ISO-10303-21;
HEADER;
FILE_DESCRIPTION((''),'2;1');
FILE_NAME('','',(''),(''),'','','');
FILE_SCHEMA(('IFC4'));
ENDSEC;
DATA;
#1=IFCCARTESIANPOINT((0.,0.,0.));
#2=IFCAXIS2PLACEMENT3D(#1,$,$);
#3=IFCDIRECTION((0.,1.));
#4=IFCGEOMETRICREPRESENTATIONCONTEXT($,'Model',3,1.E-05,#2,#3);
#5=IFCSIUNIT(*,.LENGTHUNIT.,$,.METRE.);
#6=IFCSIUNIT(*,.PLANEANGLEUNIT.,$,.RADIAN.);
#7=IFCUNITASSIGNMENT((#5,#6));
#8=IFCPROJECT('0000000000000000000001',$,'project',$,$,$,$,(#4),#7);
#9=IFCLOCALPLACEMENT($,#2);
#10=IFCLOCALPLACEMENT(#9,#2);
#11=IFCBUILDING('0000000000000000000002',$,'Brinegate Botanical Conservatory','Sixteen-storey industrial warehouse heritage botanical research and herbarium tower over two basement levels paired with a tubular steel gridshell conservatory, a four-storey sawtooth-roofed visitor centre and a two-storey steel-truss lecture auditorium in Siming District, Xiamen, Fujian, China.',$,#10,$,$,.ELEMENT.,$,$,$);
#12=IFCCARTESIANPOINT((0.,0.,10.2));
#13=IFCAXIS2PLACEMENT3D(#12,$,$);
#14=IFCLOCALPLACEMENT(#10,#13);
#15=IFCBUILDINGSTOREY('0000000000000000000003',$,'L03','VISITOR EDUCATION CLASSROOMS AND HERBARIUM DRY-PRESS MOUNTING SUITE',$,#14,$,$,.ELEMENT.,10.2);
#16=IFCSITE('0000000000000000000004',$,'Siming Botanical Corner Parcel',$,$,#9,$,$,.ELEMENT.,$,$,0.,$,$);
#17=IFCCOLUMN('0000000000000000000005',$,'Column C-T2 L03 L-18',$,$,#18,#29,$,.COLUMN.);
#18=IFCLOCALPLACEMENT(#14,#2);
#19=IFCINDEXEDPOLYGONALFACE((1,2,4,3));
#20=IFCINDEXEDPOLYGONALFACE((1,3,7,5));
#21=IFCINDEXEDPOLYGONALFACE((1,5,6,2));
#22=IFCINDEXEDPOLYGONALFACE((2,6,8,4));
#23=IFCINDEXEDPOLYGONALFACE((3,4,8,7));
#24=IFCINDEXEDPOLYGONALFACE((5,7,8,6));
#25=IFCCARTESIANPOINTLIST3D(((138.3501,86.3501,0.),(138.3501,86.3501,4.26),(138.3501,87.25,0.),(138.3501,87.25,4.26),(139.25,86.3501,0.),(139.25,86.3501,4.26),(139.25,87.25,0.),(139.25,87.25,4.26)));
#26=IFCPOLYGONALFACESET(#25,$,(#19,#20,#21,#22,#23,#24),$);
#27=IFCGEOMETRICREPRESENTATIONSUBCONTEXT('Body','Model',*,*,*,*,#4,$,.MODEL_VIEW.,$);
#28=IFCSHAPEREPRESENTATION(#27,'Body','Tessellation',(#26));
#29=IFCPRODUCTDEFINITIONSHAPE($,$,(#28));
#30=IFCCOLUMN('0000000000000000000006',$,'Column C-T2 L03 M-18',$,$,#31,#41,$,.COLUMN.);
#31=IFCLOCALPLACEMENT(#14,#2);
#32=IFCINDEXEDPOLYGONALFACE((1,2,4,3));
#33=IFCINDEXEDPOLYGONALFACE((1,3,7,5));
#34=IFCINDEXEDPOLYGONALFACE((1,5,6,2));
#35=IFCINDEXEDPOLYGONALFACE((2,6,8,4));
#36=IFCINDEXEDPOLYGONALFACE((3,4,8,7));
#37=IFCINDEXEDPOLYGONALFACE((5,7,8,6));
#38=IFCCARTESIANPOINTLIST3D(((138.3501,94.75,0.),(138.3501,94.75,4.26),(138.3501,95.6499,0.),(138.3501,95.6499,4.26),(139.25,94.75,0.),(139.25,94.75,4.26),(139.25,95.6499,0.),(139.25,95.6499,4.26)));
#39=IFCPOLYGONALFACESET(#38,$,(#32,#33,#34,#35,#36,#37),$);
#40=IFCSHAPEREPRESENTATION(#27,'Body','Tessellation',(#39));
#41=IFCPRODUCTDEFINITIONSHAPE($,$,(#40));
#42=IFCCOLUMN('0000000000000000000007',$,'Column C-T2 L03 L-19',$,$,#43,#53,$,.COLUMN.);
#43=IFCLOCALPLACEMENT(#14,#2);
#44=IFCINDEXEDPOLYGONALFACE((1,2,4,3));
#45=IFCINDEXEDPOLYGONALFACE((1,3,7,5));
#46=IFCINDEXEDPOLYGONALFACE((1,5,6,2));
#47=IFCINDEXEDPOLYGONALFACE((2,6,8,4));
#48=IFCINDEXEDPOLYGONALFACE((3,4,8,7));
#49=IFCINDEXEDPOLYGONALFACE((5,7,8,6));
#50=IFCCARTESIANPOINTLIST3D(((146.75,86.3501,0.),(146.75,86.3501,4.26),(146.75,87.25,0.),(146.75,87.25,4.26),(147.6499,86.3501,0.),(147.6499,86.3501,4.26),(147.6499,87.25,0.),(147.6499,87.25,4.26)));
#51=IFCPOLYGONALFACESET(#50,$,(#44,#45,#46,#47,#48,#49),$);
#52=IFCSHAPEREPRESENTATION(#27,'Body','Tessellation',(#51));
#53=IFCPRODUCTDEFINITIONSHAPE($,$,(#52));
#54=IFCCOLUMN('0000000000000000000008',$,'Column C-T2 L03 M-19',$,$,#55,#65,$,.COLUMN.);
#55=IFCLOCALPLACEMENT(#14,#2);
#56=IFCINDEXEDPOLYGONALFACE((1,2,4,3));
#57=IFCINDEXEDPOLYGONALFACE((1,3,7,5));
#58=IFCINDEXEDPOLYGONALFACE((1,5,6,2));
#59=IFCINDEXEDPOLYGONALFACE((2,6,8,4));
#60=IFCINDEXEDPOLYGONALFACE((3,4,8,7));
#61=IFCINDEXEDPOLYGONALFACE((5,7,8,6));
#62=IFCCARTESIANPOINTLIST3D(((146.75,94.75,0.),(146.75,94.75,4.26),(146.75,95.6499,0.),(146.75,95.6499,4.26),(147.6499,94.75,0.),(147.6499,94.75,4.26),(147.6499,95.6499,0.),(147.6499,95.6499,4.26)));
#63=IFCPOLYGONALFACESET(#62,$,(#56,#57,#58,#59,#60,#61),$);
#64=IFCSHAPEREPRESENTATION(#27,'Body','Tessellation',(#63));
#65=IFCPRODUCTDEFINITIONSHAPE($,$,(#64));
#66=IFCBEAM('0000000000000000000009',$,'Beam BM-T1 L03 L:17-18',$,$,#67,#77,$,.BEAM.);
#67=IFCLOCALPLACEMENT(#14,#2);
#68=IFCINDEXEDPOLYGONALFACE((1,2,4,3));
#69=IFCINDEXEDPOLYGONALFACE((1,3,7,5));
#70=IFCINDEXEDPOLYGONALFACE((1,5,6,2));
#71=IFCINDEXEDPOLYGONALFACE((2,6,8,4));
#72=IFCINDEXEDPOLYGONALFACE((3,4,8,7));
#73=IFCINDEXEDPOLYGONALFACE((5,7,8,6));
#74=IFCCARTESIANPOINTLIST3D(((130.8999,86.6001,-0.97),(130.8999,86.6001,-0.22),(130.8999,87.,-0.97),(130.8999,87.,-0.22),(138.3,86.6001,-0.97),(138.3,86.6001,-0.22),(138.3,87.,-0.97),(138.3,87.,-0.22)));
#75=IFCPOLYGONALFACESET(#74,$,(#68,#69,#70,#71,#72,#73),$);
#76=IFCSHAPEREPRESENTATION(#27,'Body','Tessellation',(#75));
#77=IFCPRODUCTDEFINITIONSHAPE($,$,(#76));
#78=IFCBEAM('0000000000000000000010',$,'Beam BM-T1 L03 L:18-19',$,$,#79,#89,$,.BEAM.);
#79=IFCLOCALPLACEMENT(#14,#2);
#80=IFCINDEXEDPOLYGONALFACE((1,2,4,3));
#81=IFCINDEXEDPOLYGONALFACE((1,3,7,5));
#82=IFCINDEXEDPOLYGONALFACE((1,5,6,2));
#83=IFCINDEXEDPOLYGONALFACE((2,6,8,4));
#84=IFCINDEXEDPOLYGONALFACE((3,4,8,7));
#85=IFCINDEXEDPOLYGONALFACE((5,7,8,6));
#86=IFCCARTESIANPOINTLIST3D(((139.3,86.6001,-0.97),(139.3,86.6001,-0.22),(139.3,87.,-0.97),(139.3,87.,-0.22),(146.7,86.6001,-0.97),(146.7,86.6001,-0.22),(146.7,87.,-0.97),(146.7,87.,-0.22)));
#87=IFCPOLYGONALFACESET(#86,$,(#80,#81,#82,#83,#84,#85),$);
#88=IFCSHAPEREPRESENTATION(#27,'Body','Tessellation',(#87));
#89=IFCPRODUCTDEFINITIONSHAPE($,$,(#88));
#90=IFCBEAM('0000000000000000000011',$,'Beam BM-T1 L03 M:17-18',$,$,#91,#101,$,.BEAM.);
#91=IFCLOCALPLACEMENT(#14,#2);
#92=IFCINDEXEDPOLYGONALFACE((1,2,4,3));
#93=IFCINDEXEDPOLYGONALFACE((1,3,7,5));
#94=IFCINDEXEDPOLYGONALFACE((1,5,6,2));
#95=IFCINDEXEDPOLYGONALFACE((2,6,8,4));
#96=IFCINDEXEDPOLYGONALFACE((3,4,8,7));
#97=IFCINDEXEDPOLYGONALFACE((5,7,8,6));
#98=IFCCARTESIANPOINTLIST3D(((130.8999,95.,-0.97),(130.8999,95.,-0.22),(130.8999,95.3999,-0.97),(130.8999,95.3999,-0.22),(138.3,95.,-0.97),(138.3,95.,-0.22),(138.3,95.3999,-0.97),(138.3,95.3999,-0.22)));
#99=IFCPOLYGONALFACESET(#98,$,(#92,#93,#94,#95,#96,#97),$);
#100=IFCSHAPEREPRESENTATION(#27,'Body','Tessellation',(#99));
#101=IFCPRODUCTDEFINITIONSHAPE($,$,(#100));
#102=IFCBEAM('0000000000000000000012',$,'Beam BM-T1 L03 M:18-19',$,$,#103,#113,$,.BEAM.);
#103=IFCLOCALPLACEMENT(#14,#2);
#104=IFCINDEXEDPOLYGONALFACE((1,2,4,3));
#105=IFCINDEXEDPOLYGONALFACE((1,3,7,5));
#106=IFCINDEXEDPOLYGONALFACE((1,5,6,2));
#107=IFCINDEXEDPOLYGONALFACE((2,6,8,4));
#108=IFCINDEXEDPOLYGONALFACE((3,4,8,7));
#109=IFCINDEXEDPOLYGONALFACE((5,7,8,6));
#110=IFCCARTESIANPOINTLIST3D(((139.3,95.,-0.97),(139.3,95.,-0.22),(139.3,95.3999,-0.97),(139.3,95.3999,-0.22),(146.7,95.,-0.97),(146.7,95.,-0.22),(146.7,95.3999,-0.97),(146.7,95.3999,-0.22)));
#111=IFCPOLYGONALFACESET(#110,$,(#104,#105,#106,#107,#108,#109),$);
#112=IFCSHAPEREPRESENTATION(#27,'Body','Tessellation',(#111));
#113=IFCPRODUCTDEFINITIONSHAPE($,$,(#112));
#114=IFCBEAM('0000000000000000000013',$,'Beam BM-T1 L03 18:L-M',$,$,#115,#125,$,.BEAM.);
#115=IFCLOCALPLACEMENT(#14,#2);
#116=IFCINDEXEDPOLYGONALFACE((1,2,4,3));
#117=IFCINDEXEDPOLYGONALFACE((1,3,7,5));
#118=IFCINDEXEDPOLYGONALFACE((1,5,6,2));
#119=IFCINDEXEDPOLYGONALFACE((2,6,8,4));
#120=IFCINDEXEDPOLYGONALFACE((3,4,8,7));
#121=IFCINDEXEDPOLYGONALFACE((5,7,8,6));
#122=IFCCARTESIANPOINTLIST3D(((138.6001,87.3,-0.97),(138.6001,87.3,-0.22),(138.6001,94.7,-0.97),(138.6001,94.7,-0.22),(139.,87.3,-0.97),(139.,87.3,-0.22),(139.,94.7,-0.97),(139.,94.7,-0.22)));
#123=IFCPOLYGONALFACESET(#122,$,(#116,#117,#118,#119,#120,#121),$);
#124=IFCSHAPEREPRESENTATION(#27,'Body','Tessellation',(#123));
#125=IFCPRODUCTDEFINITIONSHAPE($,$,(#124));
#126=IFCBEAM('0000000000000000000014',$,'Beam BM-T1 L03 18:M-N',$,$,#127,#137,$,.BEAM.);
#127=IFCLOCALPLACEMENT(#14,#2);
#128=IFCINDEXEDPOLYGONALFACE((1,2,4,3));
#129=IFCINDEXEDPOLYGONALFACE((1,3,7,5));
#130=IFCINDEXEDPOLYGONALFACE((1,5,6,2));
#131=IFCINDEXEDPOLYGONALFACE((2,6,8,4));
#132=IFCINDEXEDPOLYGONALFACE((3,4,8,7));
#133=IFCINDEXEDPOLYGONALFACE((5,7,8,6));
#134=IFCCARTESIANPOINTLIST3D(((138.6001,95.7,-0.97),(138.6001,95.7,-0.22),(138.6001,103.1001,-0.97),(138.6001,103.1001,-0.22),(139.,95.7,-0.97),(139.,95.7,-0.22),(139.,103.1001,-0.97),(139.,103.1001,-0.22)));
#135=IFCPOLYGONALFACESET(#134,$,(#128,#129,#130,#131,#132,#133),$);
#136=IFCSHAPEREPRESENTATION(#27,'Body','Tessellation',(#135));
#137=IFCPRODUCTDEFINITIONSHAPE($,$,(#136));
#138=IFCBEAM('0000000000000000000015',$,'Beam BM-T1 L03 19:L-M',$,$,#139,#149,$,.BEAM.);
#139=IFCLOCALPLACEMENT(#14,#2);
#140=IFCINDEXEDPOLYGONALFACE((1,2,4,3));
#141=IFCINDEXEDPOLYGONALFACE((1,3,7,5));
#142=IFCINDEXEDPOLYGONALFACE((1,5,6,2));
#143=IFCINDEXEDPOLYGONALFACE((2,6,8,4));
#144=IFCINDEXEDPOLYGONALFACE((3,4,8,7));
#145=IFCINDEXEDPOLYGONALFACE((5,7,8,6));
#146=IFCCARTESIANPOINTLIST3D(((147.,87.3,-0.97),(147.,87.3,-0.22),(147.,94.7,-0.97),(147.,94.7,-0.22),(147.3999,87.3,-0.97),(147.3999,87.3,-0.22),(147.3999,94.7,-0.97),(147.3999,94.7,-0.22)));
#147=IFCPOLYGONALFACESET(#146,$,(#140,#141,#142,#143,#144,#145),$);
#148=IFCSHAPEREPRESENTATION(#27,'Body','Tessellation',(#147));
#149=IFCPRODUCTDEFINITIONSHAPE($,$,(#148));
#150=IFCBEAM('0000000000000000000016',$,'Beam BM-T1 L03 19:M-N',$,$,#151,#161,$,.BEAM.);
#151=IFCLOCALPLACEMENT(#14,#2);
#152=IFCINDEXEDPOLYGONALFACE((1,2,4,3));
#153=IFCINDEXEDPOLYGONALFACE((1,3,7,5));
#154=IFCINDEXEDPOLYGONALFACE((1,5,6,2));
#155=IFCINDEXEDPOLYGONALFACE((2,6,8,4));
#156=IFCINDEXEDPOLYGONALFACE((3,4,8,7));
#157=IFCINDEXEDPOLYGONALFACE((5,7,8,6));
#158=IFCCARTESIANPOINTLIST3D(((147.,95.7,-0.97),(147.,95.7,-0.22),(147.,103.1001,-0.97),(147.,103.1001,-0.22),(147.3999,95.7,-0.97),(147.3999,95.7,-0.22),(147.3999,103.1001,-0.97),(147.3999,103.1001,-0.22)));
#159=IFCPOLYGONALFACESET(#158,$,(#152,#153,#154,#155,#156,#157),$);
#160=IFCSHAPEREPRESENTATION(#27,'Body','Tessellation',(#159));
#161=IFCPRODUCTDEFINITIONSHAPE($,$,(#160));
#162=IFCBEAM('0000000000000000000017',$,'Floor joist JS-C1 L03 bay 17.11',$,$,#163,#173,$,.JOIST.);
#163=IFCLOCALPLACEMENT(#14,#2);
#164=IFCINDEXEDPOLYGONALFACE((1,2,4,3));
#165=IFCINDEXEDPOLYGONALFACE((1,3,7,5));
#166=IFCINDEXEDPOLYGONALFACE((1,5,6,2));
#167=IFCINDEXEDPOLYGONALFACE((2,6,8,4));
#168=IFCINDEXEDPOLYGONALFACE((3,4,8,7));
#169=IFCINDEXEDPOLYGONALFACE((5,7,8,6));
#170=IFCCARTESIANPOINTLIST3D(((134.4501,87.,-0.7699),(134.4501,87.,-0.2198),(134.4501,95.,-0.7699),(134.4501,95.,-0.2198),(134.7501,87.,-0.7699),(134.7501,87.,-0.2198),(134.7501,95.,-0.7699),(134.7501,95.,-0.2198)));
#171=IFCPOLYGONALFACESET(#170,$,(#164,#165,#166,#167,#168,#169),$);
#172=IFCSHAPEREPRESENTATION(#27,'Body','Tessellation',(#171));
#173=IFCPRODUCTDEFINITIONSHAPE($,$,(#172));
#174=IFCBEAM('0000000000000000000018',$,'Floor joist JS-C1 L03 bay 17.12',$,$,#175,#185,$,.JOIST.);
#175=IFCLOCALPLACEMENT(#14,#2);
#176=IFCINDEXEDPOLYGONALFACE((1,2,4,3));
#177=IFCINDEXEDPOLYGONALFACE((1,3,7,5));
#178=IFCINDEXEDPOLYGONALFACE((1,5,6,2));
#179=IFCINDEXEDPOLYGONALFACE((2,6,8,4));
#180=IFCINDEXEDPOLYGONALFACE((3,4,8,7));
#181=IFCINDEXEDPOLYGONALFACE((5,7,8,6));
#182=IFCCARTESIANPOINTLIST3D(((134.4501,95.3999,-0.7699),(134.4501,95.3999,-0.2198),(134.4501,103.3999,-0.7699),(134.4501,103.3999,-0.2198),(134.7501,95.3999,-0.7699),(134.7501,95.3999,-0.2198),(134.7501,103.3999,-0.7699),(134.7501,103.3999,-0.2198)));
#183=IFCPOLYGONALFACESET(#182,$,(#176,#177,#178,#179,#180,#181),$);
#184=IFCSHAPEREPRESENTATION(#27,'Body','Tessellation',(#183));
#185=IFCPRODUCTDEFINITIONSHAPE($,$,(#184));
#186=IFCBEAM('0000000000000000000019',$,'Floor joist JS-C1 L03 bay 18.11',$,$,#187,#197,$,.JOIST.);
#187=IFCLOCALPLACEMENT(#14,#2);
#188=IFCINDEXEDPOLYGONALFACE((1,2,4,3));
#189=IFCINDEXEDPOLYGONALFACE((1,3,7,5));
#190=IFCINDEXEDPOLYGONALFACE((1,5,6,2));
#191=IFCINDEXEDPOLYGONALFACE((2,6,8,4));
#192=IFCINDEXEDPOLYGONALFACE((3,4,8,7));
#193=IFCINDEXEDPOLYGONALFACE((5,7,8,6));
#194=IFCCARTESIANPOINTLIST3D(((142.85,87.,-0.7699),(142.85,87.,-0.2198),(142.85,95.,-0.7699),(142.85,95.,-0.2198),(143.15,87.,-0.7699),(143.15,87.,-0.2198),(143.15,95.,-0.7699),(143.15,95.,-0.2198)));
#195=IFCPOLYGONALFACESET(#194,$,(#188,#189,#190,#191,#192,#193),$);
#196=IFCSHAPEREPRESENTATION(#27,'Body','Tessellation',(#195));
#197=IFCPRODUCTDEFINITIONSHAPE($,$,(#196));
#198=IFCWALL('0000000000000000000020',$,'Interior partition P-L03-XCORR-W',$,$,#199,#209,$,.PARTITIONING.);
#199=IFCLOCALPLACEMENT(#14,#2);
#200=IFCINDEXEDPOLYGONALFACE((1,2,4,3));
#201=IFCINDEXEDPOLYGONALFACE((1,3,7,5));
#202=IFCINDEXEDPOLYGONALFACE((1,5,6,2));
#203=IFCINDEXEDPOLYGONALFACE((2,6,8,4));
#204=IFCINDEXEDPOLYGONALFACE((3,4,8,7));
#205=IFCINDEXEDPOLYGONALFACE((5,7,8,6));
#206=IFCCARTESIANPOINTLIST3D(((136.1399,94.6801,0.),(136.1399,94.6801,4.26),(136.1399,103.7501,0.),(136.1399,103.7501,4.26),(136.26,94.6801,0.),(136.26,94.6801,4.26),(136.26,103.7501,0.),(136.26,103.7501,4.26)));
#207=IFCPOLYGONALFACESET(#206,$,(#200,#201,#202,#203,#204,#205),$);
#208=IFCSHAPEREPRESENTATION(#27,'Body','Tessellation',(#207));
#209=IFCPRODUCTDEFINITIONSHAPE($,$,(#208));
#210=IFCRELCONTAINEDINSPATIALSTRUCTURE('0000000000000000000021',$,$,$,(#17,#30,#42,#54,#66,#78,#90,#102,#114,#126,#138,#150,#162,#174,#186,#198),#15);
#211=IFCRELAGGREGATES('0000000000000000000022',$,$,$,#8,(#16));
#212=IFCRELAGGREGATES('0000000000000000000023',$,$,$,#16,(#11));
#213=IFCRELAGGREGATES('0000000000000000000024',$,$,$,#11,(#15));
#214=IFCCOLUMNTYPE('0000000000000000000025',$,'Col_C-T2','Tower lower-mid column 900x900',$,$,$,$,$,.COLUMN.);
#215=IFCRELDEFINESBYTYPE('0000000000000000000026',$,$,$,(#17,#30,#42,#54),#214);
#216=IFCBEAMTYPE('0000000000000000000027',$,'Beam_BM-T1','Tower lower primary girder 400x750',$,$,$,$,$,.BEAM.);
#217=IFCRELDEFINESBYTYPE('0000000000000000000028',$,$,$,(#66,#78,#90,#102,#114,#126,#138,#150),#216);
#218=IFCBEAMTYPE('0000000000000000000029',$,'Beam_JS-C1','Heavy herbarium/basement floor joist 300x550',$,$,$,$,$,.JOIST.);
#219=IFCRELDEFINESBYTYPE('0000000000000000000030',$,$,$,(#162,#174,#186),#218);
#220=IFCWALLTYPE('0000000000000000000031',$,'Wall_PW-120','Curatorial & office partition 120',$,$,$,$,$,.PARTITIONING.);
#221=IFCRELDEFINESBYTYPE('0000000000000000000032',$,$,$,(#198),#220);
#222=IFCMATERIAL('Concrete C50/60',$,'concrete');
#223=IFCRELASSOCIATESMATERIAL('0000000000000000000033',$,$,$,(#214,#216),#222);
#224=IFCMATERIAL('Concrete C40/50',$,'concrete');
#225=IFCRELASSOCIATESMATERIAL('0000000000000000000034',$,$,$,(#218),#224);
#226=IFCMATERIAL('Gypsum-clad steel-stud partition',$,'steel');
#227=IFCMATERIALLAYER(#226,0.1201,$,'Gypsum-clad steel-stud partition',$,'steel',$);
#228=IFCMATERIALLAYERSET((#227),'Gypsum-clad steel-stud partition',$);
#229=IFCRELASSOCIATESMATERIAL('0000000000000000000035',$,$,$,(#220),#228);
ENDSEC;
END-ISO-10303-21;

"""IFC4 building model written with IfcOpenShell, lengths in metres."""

from ifc_helpers import new_model, si_unit, direction, frame, frame_2d, origin, origin_2d, place, context, subcontext, project, spatial, rectangle, extrude, material, layer, layer_set, material_profile, profile_set, type_object, element, save


model = new_model("IFC4")

# Units and contexts
model_context = context("Model", 3, precision=1e-05, world=origin(), true_north=direction((0.0, 1.0)))
body_context = subcontext(model_context, "Body", "Model", "MODEL_VIEW")
ifc_project = project(units=[si_unit("LENGTHUNIT", "METRE"), si_unit("PLANEANGLEUNIT", "RADIAN")], contexts=[model_context])

# Site, building, storey
site_placement = place(None, origin())
site = spatial("IfcSite", under=ifc_project, at=site_placement, Name="Siming Botanical Corner Parcel", CompositionType="ELEMENT", RefElevation=0.0)
building_placement = place(site_placement, origin())
building = spatial("IfcBuilding", under=site, at=building_placement, Name="Brinegate Botanical Conservatory", Description="Sixteen-storey industrial warehouse heritage botanical research and herbarium tower over two basement levels paired with a tubular steel gridshell conservatory, a four-storey sawtooth-roofed visitor centre and a two-storey steel-truss lecture auditorium in Siming District, Xiamen, Fujian, China.", CompositionType="ELEMENT")
storey_placement = place(building_placement, frame((0.0, 0.0, 10.2)))
storey = spatial("IfcBuildingStorey", under=building, at=storey_placement, Name="L03", Description="VISITOR EDUCATION CLASSROOMS AND HERBARIUM DRY-PRESS MOUNTING SUITE", CompositionType="ELEMENT", Elevation=10.2)

# Columns
ifc_material_1 = material(Name="Concrete C50/60", Category="concrete")
ifc_material_profile_1 = material_profile(ifc_material_1, rectangle(XDim=0.8999, YDim=0.8999, at=origin_2d()), Name="RC COL 900x900")
ifc_profile_set_1 = profile_set([ifc_material_profile_1], Name="Concrete C50/60")
column_type = type_object("IfcColumnType", Name="Col_C-T2", Description="Tower lower-mid column 900x900", PredefinedType="COLUMN", material=ifc_profile_set_1)
for number, where, z_axis, x_axis, name in (
    (1, (138.8, 86.8, 0.0), (0.0, 0.0, 1.0), (1.0, 0.0, 0.0), "Column C-T2 L03 L-18"),
    (2, (138.8, 95.2, 0.0), (0.0, 0.0, 1.0), (1.0, 0.0, 0.0), "Column C-T2 L03 M-18"),
    (3, (147.2, 86.8, 0.0), (0.0, 0.0, 1.0), (1.0, 0.0, 0.0), "Column C-T2 L03 L-19"),
    (4, (147.2, 95.2, 0.0), (0.0, 0.0, 1.0), (1.0, 0.0, 0.0), "Column C-T2 L03 M-19"),
):
    element("IfcColumn", number, at=place(storey_placement, frame(where, z_axis=z_axis, x_axis=x_axis)), inside=storey, type_object=column_type, Name=name, PredefinedType="COLUMN", context=body_context, shape_type="SweptSolid", body=[
        extrude(rectangle(XDim=0.8999, YDim=0.8999, at=origin_2d()), origin(), (0.0, 0.0, 1.0), 4.26),
    ])

# Beams
ifc_material_profile_2 = material_profile(ifc_material_1, rectangle(XDim=0.3999, YDim=0.75, at=origin_2d()), Name="RC BM 400x750")
ifc_profile_set_2 = profile_set([ifc_material_profile_2], Name="Concrete C50/60")
beam_type_1 = type_object("IfcBeamType", Name="Beam_BM-T1", Description="Tower lower primary girder 400x750", PredefinedType="BEAM", material=ifc_profile_set_2)
beam_1_placement = place(storey_placement, frame((130.8999, 86.8, -0.595), z_axis=(1.0, 0.0, 0.0), x_axis=(0.0, 1.0, 0.0)))
element("IfcBeam", 5, at=beam_1_placement, inside=storey, type_object=beam_type_1, Name="Beam BM-T1 L03 L:17-18", PredefinedType="BEAM", context=body_context, shape_type="SweptSolid", body=[
    extrude(rectangle(XDim=0.3999, YDim=0.75, at=origin_2d()), origin(), (0.0, 0.0, 1.0), 7.4001),
])
beam_2_placement = place(storey_placement, frame((139.3, 86.8, -0.595), z_axis=(1.0, 0.0, 0.0), x_axis=(0.0, 1.0, 0.0)))
element("IfcBeam", 6, at=beam_2_placement, inside=storey, type_object=beam_type_1, Name="Beam BM-T1 L03 L:18-19", PredefinedType="BEAM", context=body_context, shape_type="SweptSolid", body=[
    extrude(rectangle(XDim=0.3999, YDim=0.75, at=origin_2d()), origin(), (0.0, 0.0, 1.0), 7.3999),
])
beam_3_placement = place(storey_placement, frame((130.8999, 95.2, -0.595), z_axis=(1.0, 0.0, 0.0), x_axis=(0.0, 1.0, 0.0)))
element("IfcBeam", 7, at=beam_3_placement, inside=storey, type_object=beam_type_1, Name="Beam BM-T1 L03 M:17-18", PredefinedType="BEAM", context=body_context, shape_type="SweptSolid", body=[
    extrude(rectangle(XDim=0.3999, YDim=0.75, at=origin_2d()), origin(), (0.0, 0.0, 1.0), 7.4001),
])
for number, where, z_axis, x_axis, name in (
    (8, (139.3, 95.2, -0.595), (1.0, 0.0, 0.0), (0.0, 1.0, 0.0), "Beam BM-T1 L03 M:18-19"),
    (9, (138.8, 87.3, -0.595), (0.0, 1.0, 0.0), (-1.0, 0.0, 0.0), "Beam BM-T1 L03 18:L-M"),
):
    element("IfcBeam", number, at=place(storey_placement, frame(where, z_axis=z_axis, x_axis=x_axis)), inside=storey, type_object=beam_type_1, Name=name, PredefinedType="BEAM", context=body_context, shape_type="SweptSolid", body=[
        extrude(rectangle(XDim=0.3999, YDim=0.75, at=origin_2d()), origin(), (0.0, 0.0, 1.0), 7.3999),
    ])
beam_4_placement = place(storey_placement, frame((138.8, 95.7, -0.595), z_axis=(0.0, 1.0, 0.0), x_axis=(-1.0, 0.0, 0.0)))
element("IfcBeam", 10, at=beam_4_placement, inside=storey, type_object=beam_type_1, Name="Beam BM-T1 L03 18:M-N", PredefinedType="BEAM", context=body_context, shape_type="SweptSolid", body=[
    extrude(rectangle(XDim=0.3999, YDim=0.75, at=origin_2d()), origin(), (0.0, 0.0, 1.0), 7.4001),
])
beam_5_placement = place(storey_placement, frame((147.2, 87.3, -0.595), z_axis=(0.0, 1.0, 0.0), x_axis=(-1.0, 0.0, 0.0)))
element("IfcBeam", 11, at=beam_5_placement, inside=storey, type_object=beam_type_1, Name="Beam BM-T1 L03 19:L-M", PredefinedType="BEAM", context=body_context, shape_type="SweptSolid", body=[
    extrude(rectangle(XDim=0.3999, YDim=0.75, at=origin_2d()), origin(), (0.0, 0.0, 1.0), 7.3999),
])
beam_6_placement = place(storey_placement, frame((147.2, 95.7, -0.595), z_axis=(0.0, 1.0, 0.0), x_axis=(-1.0, 0.0, 0.0)))
element("IfcBeam", 12, at=beam_6_placement, inside=storey, type_object=beam_type_1, Name="Beam BM-T1 L03 19:M-N", PredefinedType="BEAM", context=body_context, shape_type="SweptSolid", body=[
    extrude(rectangle(XDim=0.3999, YDim=0.75, at=origin_2d()), origin(), (0.0, 0.0, 1.0), 7.4001),
])
ifc_material_2 = material(Name="Concrete C40/50", Category="concrete")
ifc_material_profile_3 = material_profile(ifc_material_2, rectangle(XDim=0.3, YDim=0.55, at=origin_2d()), Name="RC JST 300x550")
ifc_profile_set_3 = profile_set([ifc_material_profile_3], Name="Concrete C40/50")
beam_type_2 = type_object("IfcBeamType", Name="Beam_JS-C1", Description="Heavy herbarium/basement floor joist 300x550", PredefinedType="JOIST", material=ifc_profile_set_3)
for number, where, z_axis, x_axis, name in (
    (13, (134.6001, 87.0, -0.4949), (0.0, 1.0, 0.0), (-1.0, 0.0, 0.0), "Floor joist JS-C1 L03 bay 17.11"),
    (14, (134.6001, 95.3999, -0.4949), (0.0, 1.0, 0.0), (-1.0, 0.0, 0.0), "Floor joist JS-C1 L03 bay 17.12"),
    (15, (143.0, 87.0, -0.4949), (0.0, 1.0, 0.0), (-1.0, 0.0, 0.0), "Floor joist JS-C1 L03 bay 18.11"),
):
    element("IfcBeam", number, at=place(storey_placement, frame(where, z_axis=z_axis, x_axis=x_axis)), inside=storey, type_object=beam_type_2, Name=name, PredefinedType="JOIST", context=body_context, shape_type="SweptSolid", body=[
        extrude(rectangle(XDim=0.3, YDim=0.55, at=origin_2d()), origin(), (0.0, 0.0, 1.0), 8.0),
    ])

# Wall
ifc_material_3 = material(Name="Gypsum-clad steel-stud partition", Category="steel")
ifc_layer_1 = layer(ifc_material_3, 0.1201, Name="Gypsum-clad steel-stud partition", Category="steel")
ifc_layer_set_1 = layer_set([ifc_layer_1], Name="Gypsum-clad steel-stud partition")
wall_type_1 = type_object("IfcWallType", Name="Wall_PW-120", Description="Curatorial & office partition 120", PredefinedType="PARTITIONING", material=ifc_layer_set_1)
wall_1_placement = place(storey_placement, frame((136.2, 94.6799, 0.0), z_axis=(0.0, 0.0, 1.0), x_axis=(0.0, 1.0, 0.0)))
element("IfcWall", 16, at=wall_1_placement, inside=storey, type_object=wall_type_1, Name="Interior partition P-L03-XCORR-W", PredefinedType="PARTITIONING", context=body_context, shape_type="SweptSolid", body=[
    extrude(rectangle(XDim=9.0701, YDim=0.1201, at=frame_2d((4.5352, 0.0))), origin(), (0.0, 0.0, 1.0), 4.26),
])

save(model, "model.ifc")
